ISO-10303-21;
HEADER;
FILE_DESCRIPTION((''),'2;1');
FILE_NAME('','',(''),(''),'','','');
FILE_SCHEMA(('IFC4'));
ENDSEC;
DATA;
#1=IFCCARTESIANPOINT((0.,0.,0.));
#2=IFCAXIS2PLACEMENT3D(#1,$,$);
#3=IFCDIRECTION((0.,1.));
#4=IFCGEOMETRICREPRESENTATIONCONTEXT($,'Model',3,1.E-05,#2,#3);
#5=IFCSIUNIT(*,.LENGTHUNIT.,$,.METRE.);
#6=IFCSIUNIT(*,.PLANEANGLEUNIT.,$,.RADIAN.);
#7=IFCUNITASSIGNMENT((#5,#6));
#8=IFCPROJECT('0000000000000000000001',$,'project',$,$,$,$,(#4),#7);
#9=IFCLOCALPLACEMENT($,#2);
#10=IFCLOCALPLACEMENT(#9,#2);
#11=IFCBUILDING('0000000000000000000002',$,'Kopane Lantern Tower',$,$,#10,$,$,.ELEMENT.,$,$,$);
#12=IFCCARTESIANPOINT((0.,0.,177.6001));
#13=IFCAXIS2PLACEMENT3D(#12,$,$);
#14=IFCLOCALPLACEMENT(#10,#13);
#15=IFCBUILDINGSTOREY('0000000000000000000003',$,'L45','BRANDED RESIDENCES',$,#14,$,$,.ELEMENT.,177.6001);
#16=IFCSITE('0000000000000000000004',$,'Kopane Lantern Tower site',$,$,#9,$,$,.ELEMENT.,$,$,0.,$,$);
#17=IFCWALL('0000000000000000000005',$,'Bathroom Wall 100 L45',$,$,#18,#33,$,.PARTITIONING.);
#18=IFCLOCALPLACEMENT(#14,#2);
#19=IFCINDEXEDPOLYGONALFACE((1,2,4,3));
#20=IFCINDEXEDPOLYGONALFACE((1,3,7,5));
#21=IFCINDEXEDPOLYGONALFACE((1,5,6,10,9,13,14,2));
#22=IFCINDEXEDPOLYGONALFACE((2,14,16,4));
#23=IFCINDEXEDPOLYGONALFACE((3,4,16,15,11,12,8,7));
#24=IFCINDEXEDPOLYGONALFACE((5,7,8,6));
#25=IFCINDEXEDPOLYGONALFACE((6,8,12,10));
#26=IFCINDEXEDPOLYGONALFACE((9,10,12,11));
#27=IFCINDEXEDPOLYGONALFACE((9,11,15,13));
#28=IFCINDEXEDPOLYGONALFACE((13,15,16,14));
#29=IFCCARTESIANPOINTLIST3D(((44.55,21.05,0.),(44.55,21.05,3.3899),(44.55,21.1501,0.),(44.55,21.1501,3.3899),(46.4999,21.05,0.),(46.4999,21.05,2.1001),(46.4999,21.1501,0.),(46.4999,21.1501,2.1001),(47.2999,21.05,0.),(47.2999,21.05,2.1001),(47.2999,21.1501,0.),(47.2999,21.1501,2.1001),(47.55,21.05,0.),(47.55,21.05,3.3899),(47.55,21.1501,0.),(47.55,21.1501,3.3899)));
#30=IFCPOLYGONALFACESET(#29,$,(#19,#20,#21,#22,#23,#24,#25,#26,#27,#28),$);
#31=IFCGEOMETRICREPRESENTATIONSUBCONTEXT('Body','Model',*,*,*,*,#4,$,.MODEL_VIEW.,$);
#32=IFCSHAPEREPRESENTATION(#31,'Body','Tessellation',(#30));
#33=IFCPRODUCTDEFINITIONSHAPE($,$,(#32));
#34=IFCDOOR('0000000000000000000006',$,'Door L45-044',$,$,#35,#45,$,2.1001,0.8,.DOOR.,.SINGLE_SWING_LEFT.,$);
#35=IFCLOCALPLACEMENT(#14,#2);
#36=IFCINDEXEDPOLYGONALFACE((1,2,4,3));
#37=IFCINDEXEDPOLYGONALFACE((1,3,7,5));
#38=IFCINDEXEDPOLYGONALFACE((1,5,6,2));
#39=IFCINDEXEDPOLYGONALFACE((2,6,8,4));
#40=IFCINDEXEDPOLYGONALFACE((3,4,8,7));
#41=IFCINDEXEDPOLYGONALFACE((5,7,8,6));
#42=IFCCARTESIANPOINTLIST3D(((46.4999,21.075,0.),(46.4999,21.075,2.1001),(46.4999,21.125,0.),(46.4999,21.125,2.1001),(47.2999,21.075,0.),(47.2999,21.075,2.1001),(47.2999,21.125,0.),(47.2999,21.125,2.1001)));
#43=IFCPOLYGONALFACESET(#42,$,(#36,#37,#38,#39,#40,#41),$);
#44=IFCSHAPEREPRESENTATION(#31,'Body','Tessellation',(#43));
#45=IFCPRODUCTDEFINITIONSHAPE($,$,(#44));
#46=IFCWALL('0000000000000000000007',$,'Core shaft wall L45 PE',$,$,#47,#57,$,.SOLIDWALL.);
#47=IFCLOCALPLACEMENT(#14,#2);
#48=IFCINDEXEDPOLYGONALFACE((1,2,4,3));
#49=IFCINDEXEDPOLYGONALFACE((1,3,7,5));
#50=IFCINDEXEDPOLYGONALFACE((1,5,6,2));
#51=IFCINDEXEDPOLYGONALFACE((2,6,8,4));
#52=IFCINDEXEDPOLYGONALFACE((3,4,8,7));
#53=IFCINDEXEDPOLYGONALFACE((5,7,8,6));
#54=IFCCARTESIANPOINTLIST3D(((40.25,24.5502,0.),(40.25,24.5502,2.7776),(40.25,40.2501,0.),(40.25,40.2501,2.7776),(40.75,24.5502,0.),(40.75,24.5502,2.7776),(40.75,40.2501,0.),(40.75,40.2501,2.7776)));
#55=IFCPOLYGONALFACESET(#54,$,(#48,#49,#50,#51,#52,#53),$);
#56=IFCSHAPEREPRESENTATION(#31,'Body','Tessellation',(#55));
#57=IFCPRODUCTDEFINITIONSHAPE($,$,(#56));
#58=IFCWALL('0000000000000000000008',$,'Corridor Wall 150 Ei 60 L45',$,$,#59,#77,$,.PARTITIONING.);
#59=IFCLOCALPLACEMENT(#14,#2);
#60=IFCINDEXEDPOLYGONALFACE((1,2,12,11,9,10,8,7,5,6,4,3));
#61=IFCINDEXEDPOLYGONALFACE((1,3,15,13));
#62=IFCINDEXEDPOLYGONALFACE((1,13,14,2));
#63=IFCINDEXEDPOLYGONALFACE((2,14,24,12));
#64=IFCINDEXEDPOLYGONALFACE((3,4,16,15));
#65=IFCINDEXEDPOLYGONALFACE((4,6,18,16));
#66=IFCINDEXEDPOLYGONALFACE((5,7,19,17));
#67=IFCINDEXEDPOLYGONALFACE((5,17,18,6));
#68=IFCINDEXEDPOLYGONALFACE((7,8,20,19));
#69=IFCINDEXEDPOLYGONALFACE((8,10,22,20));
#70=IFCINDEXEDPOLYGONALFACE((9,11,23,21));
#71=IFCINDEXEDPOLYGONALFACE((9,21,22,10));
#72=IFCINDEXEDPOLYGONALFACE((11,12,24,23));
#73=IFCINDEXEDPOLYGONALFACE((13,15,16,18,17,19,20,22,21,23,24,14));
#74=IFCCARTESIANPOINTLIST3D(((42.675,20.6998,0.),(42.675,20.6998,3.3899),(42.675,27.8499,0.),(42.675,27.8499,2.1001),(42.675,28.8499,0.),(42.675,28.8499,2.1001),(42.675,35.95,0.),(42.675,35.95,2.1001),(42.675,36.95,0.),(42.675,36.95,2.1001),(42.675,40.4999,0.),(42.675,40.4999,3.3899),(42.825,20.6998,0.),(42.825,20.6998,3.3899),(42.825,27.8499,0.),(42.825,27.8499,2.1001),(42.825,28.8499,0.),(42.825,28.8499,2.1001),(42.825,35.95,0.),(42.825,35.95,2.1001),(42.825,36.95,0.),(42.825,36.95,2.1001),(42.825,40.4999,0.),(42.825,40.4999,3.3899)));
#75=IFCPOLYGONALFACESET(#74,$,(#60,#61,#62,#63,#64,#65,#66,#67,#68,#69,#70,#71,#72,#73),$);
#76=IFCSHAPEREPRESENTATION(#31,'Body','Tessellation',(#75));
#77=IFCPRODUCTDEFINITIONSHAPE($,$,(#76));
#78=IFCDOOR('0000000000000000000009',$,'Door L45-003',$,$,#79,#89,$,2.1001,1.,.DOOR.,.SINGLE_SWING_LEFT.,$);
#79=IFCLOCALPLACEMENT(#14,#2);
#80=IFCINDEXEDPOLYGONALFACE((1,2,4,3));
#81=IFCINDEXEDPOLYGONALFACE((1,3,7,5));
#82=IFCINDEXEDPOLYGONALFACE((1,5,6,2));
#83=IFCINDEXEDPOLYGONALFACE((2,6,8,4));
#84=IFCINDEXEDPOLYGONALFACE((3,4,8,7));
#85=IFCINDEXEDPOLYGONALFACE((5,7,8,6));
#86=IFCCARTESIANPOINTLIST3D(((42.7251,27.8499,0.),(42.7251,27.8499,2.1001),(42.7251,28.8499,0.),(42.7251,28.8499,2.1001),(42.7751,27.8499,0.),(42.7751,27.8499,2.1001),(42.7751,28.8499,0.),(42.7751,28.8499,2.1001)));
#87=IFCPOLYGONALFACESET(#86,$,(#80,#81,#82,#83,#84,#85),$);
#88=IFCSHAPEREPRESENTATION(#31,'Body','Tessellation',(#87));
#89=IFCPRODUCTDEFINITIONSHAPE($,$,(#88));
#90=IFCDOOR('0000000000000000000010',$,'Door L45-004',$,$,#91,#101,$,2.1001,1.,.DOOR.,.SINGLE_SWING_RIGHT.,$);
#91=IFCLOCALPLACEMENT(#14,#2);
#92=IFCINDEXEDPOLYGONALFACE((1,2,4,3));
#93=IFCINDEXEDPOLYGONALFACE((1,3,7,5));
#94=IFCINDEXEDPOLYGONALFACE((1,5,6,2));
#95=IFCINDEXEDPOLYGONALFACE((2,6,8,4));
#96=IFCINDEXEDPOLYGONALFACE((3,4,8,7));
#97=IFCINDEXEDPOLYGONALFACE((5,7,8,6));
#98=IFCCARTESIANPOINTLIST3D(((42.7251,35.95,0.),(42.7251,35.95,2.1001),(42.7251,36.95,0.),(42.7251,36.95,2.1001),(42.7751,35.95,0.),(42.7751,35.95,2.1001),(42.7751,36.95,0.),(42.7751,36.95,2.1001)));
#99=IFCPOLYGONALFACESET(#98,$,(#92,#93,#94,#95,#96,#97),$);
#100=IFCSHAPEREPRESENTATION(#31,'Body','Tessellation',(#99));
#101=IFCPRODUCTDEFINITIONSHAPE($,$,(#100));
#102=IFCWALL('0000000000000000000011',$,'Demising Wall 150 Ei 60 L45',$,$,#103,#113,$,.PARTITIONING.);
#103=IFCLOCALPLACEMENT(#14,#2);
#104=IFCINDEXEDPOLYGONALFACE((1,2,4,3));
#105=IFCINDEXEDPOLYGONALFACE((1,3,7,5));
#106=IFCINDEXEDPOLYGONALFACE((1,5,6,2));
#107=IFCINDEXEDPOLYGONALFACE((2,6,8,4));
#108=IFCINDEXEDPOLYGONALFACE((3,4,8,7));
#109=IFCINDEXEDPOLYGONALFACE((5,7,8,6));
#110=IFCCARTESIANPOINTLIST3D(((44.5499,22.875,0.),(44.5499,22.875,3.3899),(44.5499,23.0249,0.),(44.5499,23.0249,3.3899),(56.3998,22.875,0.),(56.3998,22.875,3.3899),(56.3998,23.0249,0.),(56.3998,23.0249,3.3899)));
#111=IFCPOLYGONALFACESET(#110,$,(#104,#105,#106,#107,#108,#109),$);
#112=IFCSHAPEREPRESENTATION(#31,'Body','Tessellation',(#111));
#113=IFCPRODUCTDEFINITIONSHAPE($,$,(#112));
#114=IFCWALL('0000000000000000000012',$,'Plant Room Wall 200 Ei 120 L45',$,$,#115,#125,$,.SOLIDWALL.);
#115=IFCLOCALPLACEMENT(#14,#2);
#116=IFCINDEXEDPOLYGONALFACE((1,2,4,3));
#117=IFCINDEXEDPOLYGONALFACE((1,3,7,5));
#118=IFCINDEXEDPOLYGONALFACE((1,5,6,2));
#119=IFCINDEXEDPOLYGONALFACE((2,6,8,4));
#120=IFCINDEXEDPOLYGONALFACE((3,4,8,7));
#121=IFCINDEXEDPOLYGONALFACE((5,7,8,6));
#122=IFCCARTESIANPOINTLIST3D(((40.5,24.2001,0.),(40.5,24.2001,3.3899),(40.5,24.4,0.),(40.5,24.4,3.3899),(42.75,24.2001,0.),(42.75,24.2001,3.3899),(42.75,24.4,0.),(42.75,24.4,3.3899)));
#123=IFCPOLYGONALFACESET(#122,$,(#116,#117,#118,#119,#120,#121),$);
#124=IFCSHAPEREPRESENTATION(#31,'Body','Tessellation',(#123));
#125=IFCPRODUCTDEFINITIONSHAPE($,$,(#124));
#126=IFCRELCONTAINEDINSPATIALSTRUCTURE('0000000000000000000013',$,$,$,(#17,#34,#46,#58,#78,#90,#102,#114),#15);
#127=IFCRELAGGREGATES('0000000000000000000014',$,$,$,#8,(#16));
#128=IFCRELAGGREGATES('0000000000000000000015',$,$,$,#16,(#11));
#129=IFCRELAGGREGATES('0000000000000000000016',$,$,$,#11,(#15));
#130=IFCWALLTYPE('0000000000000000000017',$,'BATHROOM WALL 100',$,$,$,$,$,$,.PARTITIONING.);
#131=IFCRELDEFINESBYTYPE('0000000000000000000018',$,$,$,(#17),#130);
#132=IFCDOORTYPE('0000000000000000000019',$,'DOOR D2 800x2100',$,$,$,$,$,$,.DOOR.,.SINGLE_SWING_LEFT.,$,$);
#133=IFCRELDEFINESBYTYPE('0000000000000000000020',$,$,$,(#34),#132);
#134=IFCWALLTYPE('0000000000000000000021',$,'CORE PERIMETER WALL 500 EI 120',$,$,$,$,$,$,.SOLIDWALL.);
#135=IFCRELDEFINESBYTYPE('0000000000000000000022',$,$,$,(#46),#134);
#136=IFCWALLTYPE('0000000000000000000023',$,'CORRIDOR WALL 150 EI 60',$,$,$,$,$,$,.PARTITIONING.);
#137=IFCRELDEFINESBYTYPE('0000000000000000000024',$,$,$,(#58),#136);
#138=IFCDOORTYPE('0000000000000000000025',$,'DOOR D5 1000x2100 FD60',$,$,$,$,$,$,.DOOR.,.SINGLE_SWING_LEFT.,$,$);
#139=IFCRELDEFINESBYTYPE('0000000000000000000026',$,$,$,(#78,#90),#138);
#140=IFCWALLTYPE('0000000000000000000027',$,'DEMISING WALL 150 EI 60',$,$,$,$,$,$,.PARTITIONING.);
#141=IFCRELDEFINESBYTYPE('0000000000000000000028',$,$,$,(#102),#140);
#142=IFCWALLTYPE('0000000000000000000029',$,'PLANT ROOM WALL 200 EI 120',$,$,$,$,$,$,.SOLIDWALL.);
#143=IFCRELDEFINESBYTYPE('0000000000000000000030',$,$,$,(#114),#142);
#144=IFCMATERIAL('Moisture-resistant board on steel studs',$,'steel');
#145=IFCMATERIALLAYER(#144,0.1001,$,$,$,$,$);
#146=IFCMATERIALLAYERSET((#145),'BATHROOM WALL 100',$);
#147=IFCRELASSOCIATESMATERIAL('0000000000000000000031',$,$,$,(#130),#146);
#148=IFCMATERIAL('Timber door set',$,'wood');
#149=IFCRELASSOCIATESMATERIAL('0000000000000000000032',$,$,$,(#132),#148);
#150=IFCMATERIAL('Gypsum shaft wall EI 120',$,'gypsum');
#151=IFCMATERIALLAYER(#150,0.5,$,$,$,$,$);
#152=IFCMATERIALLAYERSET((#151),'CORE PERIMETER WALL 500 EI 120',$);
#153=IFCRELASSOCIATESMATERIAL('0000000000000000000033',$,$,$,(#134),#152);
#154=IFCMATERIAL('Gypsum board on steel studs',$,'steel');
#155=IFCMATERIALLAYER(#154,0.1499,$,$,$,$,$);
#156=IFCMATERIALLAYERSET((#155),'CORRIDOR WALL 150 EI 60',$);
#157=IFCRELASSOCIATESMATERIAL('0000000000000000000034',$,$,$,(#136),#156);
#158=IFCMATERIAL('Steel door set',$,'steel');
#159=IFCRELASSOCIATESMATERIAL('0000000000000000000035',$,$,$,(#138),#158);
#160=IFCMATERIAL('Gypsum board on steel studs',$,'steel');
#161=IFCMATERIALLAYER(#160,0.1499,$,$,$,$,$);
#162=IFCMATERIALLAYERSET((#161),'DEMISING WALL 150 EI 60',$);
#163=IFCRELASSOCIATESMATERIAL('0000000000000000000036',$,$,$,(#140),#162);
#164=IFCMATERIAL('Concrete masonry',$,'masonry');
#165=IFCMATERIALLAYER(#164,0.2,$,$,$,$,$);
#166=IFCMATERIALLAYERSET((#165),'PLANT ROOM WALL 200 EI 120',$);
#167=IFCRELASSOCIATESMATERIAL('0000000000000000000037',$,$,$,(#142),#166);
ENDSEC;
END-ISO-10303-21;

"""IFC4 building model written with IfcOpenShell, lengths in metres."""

from ifc_helpers import new_model, si_unit, direction, frame, frame_2d, origin, place, context, subcontext, project, spatial, rectangle, extrude, material, layer, layer_set, type_object, element, fill, save


model = new_model("IFC4")

# Units and contexts
model_context = context("Model", 3, precision=1e-05, world=origin(), true_north=direction((0.0, 1.0)))
body_context = subcontext(model_context, "Body", "Model", "MODEL_VIEW")
ifc_project = project(units=[si_unit("LENGTHUNIT", "METRE"), si_unit("PLANEANGLEUNIT", "RADIAN")], contexts=[model_context])

# Site, building, storey
site_placement = place(None, origin())
site = spatial("IfcSite", under=ifc_project, at=site_placement, Name="Kopane Lantern Tower site", CompositionType="ELEMENT", RefElevation=0.0)
building_placement = place(site_placement, origin())
building = spatial("IfcBuilding", under=site, at=building_placement, Name="Kopane Lantern Tower", CompositionType="ELEMENT")
storey_placement = place(building_placement, frame((0.0, 0.0, 177.6001)))
storey = spatial("IfcBuildingStorey", under=building, at=storey_placement, Name="L45", Description="BRANDED RESIDENCES", CompositionType="ELEMENT", Elevation=177.6001)

# Wall, opening, door
ifc_material_1 = material(Name="Moisture-resistant board on steel studs", Category="steel")
ifc_layer_1 = layer(ifc_material_1, 0.1001)
ifc_layer_set_1 = layer_set([ifc_layer_1], Name="BATHROOM WALL 100")
wall_type_1 = type_object("IfcWallType", Name="BATHROOM WALL 100", PredefinedType="PARTITIONING", material=ifc_layer_set_1)
wall_1_placement = place(storey_placement, frame((44.55, 21.1001, 0.0), z_axis=(0.0, 0.0, 1.0), x_axis=(1.0, 0.0, 0.0)))
wall_1 = element("IfcWall", 1, at=wall_1_placement, inside=storey, type_object=wall_type_1, Name="Bathroom Wall 100 L45", PredefinedType="PARTITIONING", context=body_context, shape_type="SweptSolid", body=[
    extrude(rectangle(XDim=3.0, YDim=0.1001, at=frame_2d((1.5, 0.0))), origin(), (0.0, 0.0, 1.0), 3.3899),
])
opening_1_placement = place(wall_1_placement, frame((1.95, 0.0, 0.0)))
opening_1 = element("IfcOpeningElement", 2, at=opening_1_placement, cuts=wall_1, PredefinedType="OPENING", context=body_context, shape_type="SweptSolid", body=[
    extrude(rectangle(XDim=0.8, YDim=2.1001, at=frame_2d((0.3999, 1.05))), frame((0.0, 0.0601, 0.0), z_axis=(0.0, -1.0, 0.0), x_axis=(1.0, 0.0, 0.0)), (0.0, 0.0, 1.0), 0.1201),
])
ifc_material_2 = material(Name="Timber door set", Category="wood")
door_type_1 = type_object("IfcDoorType", Name="DOOR D2 800x2100", OperationType="SINGLE_SWING_LEFT", PredefinedType="DOOR", material=ifc_material_2)
door_1_placement = place(opening_1_placement, origin())
door_1 = element("IfcDoor", 3, at=door_1_placement, inside=storey, type_object=door_type_1, Name="Door L45-044", OperationType="SINGLE_SWING_LEFT", OverallHeight=2.1001, OverallWidth=0.8, PredefinedType="DOOR", context=body_context, shape_type="SweptSolid", body=[
    extrude(rectangle(XDim=0.8, YDim=2.1001, at=frame_2d((0.3999, 1.05))), frame((0.0, 0.0249, 0.0), z_axis=(0.0, -1.0, 0.0), x_axis=(1.0, 0.0, 0.0)), (0.0, 0.0, 1.0), 0.05),
])
fill(opening_1, door_1)

# Wall
ifc_material_3 = material(Name="Gypsum shaft wall EI 120", Category="gypsum")
ifc_layer_2 = layer(ifc_material_3, 0.5)
ifc_layer_set_2 = layer_set([ifc_layer_2], Name="CORE PERIMETER WALL 500 EI 120")
wall_type_2 = type_object("IfcWallType", Name="CORE PERIMETER WALL 500 EI 120", PredefinedType="SOLIDWALL", material=ifc_layer_set_2)
wall_2_placement = place(storey_placement, frame((40.5, 24.55, 0.0), z_axis=(0.0, 0.0, 1.0), x_axis=(0.0, 1.0, 0.0)))
element("IfcWall", 4, at=wall_2_placement, inside=storey, type_object=wall_type_2, Name="Core shaft wall L45 PE", PredefinedType="SOLIDWALL", context=body_context, shape_type="SweptSolid", body=[
    extrude(rectangle(XDim=15.7, YDim=0.5, at=frame_2d((7.8501, 0.0))), origin(), (0.0, 0.0, 1.0), 2.7776),
])

# Wall, openings, doors
ifc_material_4 = material(Name="Gypsum board on steel studs", Category="steel")
ifc_layer_3 = layer(ifc_material_4, 0.1499)
ifc_layer_set_3 = layer_set([ifc_layer_3], Name="CORRIDOR WALL 150 EI 60")
wall_type_3 = type_object("IfcWallType", Name="CORRIDOR WALL 150 EI 60", PredefinedType="PARTITIONING", material=ifc_layer_set_3)
wall_3_placement = place(storey_placement, frame((42.75, 20.7, 0.0), z_axis=(0.0, 0.0, 1.0), x_axis=(0.0, 1.0, 0.0)))
wall_3 = element("IfcWall", 5, at=wall_3_placement, inside=storey, type_object=wall_type_3, Name="Corridor Wall 150 Ei 60 L45", PredefinedType="PARTITIONING", context=body_context, shape_type="SweptSolid", body=[
    extrude(rectangle(XDim=19.8, YDim=0.1499, at=frame_2d((9.8999, 0.0))), origin(), (0.0, 0.0, 1.0), 3.3899),
])
opening_2_placement = place(wall_3_placement, frame((7.1499, 0.0, 0.0)))
opening_2 = element("IfcOpeningElement", 6, at=opening_2_placement, cuts=wall_3, PredefinedType="OPENING", context=body_context, shape_type="SweptSolid", body=[
    extrude(rectangle(XDim=1.0, YDim=2.1001, at=frame_2d((0.5, 1.05))), frame((0.0, 0.085, 0.0), z_axis=(0.0, -1.0, 0.0), x_axis=(1.0, 0.0, 0.0)), (0.0, 0.0, 1.0), 0.1699),
])
opening_3_placement = place(wall_3_placement, frame((15.25, 0.0, 0.0)))
opening_3 = element("IfcOpeningElement", 7, at=opening_3_placement, cuts=wall_3, PredefinedType="OPENING", context=body_context, shape_type="SweptSolid", body=[
    extrude(rectangle(XDim=1.0, YDim=2.1001, at=frame_2d((0.5, 1.05))), frame((0.0, 0.085, 0.0), z_axis=(0.0, -1.0, 0.0), x_axis=(1.0, 0.0, 0.0)), (0.0, 0.0, 1.0), 0.1699),
])
ifc_material_5 = material(Name="Steel door set", Category="steel")
door_type_2 = type_object("IfcDoorType", Name="DOOR D5 1000x2100 FD60", OperationType="SINGLE_SWING_LEFT", PredefinedType="DOOR", material=ifc_material_5)
door_2_placement = place(opening_2_placement, origin())
door_2 = element("IfcDoor", 8, at=door_2_placement, inside=storey, type_object=door_type_2, Name="Door L45-003", OperationType="SINGLE_SWING_LEFT", OverallHeight=2.1001, OverallWidth=1.0, PredefinedType="DOOR", context=body_context, shape_type="SweptSolid", body=[
    extrude(rectangle(XDim=1.0, YDim=2.1001, at=frame_2d((0.5, 1.05))), frame((0.0, 0.0249, 0.0), z_axis=(0.0, -1.0, 0.0), x_axis=(1.0, 0.0, 0.0)), (0.0, 0.0, 1.0), 0.05),
])
fill(opening_2, door_2)
door_3_placement = place(opening_3_placement, origin())
door_3 = element("IfcDoor", 9, at=door_3_placement, inside=storey, type_object=door_type_2, Name="Door L45-004", OperationType="SINGLE_SWING_RIGHT", OverallHeight=2.1001, OverallWidth=1.0, PredefinedType="DOOR", context=body_context, shape_type="SweptSolid", body=[
    extrude(rectangle(XDim=1.0, YDim=2.1001, at=frame_2d((0.5, 1.05))), frame((0.0, 0.0249, 0.0), z_axis=(0.0, -1.0, 0.0), x_axis=(1.0, 0.0, 0.0)), (0.0, 0.0, 1.0), 0.05),
])
fill(opening_3, door_3)

# Walls
ifc_material_6 = material(Name="Gypsum board on steel studs", Category="steel")
ifc_layer_4 = layer(ifc_material_6, 0.1499)
ifc_layer_set_4 = layer_set([ifc_layer_4], Name="DEMISING WALL 150 EI 60")
wall_type_4 = type_object("IfcWallType", Name="DEMISING WALL 150 EI 60", PredefinedType="PARTITIONING", material=ifc_layer_set_4)
wall_4_placement = place(storey_placement, frame((44.55, 22.95, 0.0), z_axis=(0.0, 0.0, 1.0), x_axis=(1.0, 0.0, 0.0)))
element("IfcWall", 10, at=wall_4_placement, inside=storey, type_object=wall_type_4, Name="Demising Wall 150 Ei 60 L45", PredefinedType="PARTITIONING", context=body_context, shape_type="SweptSolid", body=[
    extrude(rectangle(XDim=11.8499, YDim=0.1499, at=frame_2d((5.9248, 0.0))), origin(), (0.0, 0.0, 1.0), 3.3899),
])
ifc_material_7 = material(Name="Concrete masonry", Category="masonry")
ifc_layer_5 = layer(ifc_material_7, 0.2)
ifc_layer_set_5 = layer_set([ifc_layer_5], Name="PLANT ROOM WALL 200 EI 120")
wall_type_5 = type_object("IfcWallType", Name="PLANT ROOM WALL 200 EI 120", PredefinedType="SOLIDWALL", material=ifc_layer_set_5)
wall_5_placement = place(storey_placement, frame((40.5, 24.3, 0.0), z_axis=(0.0, 0.0, 1.0), x_axis=(1.0, 0.0, 0.0)))
element("IfcWall", 11, at=wall_5_placement, inside=storey, type_object=wall_type_5, Name="Plant Room Wall 200 Ei 120 L45", PredefinedType="SOLIDWALL", context=body_context, shape_type="SweptSolid", body=[
    extrude(rectangle(XDim=2.25, YDim=0.2, at=frame_2d((1.125, 0.0))), origin(), (0.0, 0.0, 1.0), 3.3899),
])

save(model, "model.ifc")
